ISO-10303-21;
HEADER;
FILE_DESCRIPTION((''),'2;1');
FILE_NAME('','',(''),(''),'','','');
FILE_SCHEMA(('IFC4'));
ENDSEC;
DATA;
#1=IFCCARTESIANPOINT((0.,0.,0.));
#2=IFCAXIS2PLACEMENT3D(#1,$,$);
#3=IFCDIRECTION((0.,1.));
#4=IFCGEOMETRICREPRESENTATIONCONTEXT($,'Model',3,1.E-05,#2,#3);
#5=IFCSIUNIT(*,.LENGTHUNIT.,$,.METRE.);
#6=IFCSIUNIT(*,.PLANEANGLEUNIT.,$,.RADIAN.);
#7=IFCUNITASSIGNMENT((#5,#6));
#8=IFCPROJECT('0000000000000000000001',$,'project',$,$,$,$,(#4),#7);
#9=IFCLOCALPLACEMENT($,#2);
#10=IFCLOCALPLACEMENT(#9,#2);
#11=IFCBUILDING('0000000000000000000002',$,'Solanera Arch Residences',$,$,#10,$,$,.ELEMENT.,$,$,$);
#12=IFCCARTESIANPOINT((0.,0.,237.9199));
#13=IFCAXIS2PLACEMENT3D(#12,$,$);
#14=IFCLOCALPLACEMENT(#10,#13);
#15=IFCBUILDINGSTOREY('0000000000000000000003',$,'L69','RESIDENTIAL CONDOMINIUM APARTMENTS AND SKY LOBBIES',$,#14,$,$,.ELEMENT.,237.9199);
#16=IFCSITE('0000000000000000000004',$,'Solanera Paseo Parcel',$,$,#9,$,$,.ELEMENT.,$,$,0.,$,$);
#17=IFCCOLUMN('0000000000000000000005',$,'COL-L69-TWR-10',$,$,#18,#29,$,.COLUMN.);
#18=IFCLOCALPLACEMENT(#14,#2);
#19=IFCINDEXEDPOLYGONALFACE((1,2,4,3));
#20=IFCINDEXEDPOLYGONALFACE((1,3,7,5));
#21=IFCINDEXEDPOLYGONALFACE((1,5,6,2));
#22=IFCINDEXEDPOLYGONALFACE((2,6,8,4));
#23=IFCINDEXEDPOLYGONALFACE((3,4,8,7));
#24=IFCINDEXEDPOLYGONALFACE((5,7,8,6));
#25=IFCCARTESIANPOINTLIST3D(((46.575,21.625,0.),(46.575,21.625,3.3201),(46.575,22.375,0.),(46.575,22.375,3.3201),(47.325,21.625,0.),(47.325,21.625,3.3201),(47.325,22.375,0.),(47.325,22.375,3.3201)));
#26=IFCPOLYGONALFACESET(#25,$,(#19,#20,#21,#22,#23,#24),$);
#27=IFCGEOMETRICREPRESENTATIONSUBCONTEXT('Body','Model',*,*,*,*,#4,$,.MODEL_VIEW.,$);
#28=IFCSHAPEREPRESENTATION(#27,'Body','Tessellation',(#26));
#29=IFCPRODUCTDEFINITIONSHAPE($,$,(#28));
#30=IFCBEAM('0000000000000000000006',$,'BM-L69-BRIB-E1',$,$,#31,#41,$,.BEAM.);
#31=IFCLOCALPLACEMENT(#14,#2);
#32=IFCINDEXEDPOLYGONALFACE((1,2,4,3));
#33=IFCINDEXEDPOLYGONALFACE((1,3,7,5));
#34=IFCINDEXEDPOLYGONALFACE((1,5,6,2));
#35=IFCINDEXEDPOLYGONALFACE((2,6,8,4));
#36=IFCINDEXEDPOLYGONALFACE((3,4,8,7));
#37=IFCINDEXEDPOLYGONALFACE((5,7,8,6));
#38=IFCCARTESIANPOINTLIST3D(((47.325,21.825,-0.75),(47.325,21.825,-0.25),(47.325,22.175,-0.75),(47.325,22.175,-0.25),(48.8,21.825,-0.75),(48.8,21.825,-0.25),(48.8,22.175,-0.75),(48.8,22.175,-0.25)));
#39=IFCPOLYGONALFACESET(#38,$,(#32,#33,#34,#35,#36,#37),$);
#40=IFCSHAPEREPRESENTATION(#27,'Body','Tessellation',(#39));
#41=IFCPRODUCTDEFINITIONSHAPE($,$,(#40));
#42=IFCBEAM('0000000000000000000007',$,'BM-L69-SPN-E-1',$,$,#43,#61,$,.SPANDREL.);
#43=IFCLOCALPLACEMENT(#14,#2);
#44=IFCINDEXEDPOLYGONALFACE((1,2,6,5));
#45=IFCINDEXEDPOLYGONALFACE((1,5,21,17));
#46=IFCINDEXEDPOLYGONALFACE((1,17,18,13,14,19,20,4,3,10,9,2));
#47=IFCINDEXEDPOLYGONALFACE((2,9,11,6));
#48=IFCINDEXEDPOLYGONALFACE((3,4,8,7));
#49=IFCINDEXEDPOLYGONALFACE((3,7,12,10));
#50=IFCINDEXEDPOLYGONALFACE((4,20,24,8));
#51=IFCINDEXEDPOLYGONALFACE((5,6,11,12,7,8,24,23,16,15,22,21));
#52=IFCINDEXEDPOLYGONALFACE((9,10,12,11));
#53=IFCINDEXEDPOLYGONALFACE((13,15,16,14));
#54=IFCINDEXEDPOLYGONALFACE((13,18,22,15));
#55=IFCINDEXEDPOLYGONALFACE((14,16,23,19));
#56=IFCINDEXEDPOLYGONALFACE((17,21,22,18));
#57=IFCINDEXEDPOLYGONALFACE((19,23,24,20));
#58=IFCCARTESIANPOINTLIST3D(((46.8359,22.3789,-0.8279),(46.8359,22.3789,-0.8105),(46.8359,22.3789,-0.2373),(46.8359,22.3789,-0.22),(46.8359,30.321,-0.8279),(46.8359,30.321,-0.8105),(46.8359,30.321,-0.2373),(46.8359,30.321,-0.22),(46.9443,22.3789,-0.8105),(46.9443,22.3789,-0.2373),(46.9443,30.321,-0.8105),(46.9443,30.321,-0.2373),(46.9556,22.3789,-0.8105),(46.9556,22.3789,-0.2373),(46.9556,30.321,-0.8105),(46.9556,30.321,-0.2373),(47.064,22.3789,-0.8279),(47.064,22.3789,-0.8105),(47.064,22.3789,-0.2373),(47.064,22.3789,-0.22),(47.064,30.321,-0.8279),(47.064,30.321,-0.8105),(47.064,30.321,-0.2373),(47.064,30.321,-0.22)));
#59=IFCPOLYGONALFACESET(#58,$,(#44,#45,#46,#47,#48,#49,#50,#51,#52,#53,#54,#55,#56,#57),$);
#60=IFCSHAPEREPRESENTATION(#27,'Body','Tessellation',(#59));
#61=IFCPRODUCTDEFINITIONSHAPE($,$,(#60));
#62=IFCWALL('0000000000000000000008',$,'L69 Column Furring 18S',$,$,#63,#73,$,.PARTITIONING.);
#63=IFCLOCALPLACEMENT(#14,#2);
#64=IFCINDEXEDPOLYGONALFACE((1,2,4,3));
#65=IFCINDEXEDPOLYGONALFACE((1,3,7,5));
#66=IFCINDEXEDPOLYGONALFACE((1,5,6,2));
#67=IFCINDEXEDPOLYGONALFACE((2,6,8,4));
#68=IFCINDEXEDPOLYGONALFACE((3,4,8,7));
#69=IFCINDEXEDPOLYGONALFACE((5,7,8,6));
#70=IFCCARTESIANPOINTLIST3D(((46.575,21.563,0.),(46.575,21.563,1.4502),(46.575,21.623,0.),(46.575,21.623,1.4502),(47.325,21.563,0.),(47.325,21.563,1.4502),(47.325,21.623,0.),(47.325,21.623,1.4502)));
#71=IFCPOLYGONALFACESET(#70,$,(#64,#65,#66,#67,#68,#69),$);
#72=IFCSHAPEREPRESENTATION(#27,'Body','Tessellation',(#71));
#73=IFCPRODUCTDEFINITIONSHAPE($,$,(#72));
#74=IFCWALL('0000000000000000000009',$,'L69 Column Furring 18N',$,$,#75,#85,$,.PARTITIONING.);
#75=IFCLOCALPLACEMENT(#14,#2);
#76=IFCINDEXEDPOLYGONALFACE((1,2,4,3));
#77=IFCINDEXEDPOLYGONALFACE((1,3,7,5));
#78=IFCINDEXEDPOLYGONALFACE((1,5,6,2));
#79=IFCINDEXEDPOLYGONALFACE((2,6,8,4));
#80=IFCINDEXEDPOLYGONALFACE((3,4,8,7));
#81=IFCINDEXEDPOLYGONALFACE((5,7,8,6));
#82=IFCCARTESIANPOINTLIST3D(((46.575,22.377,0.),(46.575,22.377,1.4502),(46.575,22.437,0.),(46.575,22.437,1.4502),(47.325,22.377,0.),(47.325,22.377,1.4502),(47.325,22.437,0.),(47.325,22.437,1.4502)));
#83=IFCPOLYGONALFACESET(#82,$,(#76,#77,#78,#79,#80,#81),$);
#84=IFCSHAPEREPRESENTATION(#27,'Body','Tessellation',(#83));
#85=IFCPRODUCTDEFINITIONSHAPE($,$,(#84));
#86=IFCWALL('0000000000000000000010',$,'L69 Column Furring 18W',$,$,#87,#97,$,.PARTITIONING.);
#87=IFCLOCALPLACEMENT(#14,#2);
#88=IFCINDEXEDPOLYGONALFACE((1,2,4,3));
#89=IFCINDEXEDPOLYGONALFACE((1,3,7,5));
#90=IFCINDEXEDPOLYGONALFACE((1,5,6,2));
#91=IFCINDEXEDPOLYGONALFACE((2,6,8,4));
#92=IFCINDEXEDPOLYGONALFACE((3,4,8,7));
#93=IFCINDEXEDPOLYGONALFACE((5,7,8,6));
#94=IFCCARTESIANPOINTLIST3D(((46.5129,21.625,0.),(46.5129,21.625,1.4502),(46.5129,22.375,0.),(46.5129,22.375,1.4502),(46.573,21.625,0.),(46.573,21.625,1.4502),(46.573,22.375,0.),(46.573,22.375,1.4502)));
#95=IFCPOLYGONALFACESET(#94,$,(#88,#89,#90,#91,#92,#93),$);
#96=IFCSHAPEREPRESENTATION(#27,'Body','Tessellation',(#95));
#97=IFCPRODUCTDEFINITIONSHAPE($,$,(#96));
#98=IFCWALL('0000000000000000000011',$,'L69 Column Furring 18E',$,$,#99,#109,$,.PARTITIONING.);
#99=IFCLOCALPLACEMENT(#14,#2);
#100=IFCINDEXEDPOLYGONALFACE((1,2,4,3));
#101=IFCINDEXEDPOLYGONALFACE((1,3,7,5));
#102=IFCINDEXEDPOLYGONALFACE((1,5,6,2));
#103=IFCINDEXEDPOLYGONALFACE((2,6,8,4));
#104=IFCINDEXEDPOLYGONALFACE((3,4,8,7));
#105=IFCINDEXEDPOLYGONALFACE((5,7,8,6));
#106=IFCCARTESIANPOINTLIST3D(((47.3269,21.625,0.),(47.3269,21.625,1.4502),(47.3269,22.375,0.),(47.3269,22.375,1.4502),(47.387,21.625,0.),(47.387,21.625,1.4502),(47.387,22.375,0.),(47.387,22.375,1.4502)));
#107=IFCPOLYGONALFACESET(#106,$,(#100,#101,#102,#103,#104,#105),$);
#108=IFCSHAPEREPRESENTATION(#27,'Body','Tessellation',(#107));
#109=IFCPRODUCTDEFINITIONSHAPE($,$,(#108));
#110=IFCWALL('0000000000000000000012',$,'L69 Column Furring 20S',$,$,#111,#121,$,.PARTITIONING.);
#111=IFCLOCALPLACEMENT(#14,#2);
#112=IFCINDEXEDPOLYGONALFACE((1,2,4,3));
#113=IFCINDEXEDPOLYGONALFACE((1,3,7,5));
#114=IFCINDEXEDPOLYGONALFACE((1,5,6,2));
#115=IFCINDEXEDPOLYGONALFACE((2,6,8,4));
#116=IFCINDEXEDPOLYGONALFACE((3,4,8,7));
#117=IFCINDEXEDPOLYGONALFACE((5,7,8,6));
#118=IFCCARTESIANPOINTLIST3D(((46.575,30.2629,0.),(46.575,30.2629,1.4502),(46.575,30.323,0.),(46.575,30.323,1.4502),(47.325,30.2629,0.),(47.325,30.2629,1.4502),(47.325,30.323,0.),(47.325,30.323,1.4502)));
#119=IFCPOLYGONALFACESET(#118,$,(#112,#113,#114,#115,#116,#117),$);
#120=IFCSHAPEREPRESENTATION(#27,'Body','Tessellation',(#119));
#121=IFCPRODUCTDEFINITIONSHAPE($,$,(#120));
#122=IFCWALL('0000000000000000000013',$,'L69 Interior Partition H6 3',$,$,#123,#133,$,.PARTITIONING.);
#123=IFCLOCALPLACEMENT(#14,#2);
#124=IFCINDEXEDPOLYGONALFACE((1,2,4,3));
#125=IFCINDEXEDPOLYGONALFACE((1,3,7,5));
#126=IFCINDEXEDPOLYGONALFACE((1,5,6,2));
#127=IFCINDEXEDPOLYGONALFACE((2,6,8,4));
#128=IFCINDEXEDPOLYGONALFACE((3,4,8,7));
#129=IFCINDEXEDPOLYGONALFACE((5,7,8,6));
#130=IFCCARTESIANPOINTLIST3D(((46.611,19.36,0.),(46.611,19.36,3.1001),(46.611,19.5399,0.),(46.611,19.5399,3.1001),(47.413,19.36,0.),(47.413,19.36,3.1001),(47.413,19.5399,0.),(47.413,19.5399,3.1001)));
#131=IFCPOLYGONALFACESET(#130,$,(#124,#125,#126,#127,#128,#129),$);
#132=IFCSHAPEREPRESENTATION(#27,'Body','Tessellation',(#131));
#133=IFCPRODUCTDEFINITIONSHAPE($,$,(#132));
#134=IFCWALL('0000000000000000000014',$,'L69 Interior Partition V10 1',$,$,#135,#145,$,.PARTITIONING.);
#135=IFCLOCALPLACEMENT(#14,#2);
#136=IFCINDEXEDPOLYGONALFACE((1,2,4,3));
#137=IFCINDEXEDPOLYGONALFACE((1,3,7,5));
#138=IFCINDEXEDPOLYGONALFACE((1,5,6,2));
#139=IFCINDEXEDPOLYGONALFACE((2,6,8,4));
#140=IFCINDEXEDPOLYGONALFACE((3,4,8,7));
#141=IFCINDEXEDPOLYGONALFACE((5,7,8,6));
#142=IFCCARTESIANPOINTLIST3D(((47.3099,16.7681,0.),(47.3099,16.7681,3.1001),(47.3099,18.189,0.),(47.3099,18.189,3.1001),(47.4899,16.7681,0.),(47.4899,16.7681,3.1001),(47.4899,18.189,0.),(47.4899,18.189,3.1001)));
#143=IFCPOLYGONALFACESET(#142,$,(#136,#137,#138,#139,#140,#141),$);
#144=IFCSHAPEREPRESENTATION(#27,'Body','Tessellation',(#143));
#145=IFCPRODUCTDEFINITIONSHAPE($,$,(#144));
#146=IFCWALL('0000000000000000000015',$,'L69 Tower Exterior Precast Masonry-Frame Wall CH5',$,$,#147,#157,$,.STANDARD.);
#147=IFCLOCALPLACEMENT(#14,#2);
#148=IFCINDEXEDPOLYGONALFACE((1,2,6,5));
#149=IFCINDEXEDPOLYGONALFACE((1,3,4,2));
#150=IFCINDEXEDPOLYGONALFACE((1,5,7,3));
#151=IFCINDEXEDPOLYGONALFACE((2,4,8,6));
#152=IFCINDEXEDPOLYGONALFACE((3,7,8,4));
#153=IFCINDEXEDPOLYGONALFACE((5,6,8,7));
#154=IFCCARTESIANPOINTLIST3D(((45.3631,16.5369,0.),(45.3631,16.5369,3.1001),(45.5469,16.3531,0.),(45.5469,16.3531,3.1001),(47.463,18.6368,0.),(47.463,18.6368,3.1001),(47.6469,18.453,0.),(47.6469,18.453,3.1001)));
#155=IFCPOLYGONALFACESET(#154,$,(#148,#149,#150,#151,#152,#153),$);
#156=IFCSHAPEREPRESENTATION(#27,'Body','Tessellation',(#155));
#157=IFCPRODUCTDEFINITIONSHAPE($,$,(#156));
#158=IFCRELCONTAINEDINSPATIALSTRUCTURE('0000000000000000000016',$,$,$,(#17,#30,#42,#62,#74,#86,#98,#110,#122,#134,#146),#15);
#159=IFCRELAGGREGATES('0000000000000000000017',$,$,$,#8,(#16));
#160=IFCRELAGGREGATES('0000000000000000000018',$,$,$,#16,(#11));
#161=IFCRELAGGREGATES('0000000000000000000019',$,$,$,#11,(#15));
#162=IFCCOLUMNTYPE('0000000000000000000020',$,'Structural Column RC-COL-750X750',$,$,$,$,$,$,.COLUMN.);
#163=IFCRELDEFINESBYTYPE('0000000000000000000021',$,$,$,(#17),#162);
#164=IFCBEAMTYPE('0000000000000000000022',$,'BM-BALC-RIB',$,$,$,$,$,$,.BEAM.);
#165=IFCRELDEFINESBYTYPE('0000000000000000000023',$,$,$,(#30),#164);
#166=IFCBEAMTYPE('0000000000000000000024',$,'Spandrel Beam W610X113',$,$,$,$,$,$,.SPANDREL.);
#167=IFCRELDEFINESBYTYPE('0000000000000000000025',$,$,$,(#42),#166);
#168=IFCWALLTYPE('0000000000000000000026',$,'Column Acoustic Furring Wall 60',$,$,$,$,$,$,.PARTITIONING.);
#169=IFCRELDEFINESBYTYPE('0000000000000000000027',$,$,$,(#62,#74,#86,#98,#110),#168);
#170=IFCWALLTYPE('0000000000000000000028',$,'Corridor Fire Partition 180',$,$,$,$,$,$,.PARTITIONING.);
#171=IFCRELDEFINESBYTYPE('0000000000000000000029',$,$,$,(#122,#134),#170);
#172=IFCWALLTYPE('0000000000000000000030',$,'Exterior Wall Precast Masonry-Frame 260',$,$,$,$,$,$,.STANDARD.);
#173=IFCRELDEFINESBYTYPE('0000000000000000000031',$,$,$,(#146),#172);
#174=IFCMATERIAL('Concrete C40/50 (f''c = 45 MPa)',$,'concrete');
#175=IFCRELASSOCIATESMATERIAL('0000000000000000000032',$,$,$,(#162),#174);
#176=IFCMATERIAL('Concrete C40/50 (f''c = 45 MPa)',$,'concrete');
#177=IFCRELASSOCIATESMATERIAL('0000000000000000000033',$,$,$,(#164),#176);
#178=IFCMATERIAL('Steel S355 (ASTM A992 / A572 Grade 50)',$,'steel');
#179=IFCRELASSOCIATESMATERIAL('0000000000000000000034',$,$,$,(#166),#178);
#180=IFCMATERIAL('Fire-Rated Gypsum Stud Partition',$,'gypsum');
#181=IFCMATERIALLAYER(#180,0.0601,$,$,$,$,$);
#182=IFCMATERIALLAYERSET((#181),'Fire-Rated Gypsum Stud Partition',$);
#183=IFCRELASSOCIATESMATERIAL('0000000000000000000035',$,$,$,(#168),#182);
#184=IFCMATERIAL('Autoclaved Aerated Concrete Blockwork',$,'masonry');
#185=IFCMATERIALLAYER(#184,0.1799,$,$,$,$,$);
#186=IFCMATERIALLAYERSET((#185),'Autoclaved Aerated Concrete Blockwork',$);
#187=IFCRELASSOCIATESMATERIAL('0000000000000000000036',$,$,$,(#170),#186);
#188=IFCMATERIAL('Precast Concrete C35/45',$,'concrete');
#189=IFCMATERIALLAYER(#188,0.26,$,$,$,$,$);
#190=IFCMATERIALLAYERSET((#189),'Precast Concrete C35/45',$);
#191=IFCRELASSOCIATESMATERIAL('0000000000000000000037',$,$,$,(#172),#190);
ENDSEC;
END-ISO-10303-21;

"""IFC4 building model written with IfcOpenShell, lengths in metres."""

from ifc_helpers import new_model, si_unit, direction, frame, frame_2d, origin, origin_2d, place, context, subcontext, project, spatial, rectangle, i_section, extrude, material, layer, layer_set, material_profile, profile_set, type_object, element, save


model = new_model("IFC4")

# Units and contexts
model_context = context("Model", 3, precision=1e-05, world=origin(), true_north=direction((0.0, 1.0)))
body_context = subcontext(model_context, "Body", "Model", "MODEL_VIEW")
ifc_project = project(units=[si_unit("LENGTHUNIT", "METRE"), si_unit("PLANEANGLEUNIT", "RADIAN")], contexts=[model_context])

# Site, building, storey
site_placement = place(None, origin())
site = spatial("IfcSite", under=ifc_project, at=site_placement, Name="Solanera Paseo Parcel", CompositionType="ELEMENT", RefElevation=0.0)
building_placement = place(site_placement, origin())
building = spatial("IfcBuilding", under=site, at=building_placement, Name="Solanera Arch Residences", CompositionType="ELEMENT")
storey_placement = place(building_placement, frame((0.0, 0.0, 237.9199)))
storey = spatial("IfcBuildingStorey", under=building, at=storey_placement, Name="L69", Description="RESIDENTIAL CONDOMINIUM APARTMENTS AND SKY LOBBIES", CompositionType="ELEMENT", Elevation=237.9199)

# Column
ifc_material_1 = material(Name="Concrete C40/50 (f'c = 45 MPa)", Category="concrete")
ifc_material_profile_1 = material_profile(ifc_material_1, rectangle(XDim=0.75, YDim=0.75, at=origin_2d()))
ifc_profile_set_1 = profile_set([ifc_material_profile_1], Name="Concrete C40/50 (f'c = 45 MPa)")
column_type = type_object("IfcColumnType", Name="Structural Column RC-COL-750X750", PredefinedType="COLUMN", material=ifc_profile_set_1)
column_placement = place(storey_placement, frame((46.95, 22.0, 0.0), z_axis=(0.0, 0.0, 1.0), x_axis=(1.0, 0.0, 0.0)))
element("IfcColumn", 1, at=column_placement, inside=storey, type_object=column_type, Name="COL-L69-TWR-10", PredefinedType="COLUMN", context=body_context, shape_type="SweptSolid", body=[
    extrude(rectangle(XDim=0.75, YDim=0.75, at=origin_2d()), origin(), (0.0, 0.0, 1.0), 3.3201),
])

# Beams
ifc_material_2 = material(Name="Concrete C40/50 (f'c = 45 MPa)", Category="concrete")
ifc_material_profile_2 = material_profile(ifc_material_2, rectangle(XDim=0.3501, YDim=0.5, at=origin_2d()))
ifc_profile_set_2 = profile_set([ifc_material_profile_2], Name="Concrete C40/50 (f'c = 45 MPa)")
beam_type_1 = type_object("IfcBeamType", Name="BM-BALC-RIB", PredefinedType="BEAM", material=ifc_profile_set_2)
beam_1_placement = place(storey_placement, frame((47.325, 22.0, -0.5), z_axis=(1.0, 0.0, 0.0), x_axis=(0.0, 1.0, 0.0)))
element("IfcBeam", 2, at=beam_1_placement, inside=storey, type_object=beam_type_1, Name="BM-L69-BRIB-E1", PredefinedType="BEAM", context=body_context, shape_type="SweptSolid", body=[
    extrude(rectangle(XDim=0.3501, YDim=0.5, at=origin_2d()), origin(), (0.0, 0.0, 1.0), 1.4751),
])
ifc_material_3 = material(Name="Steel S355 (ASTM A992 / A572 Grade 50)", Category="steel")
ifc_material_profile_3 = material_profile(ifc_material_3, i_section(OverallWidth=0.228, OverallDepth=0.6079, WebThickness=0.0112, FlangeThickness=0.0173, at=origin_2d()))
ifc_profile_set_3 = profile_set([ifc_material_profile_3], Name="Steel S355 (ASTM A992 / A572 Grade 50)")
beam_type_2 = type_object("IfcBeamType", Name="Spandrel Beam W610X113", PredefinedType="SPANDREL", material=ifc_profile_set_3)
beam_2_placement = place(storey_placement, frame((46.95, 22.3789, -0.5239), z_axis=(0.0, 1.0, 0.0), x_axis=(-1.0, 0.0, 0.0)))
element("IfcBeam", 3, at=beam_2_placement, inside=storey, type_object=beam_type_2, Name="BM-L69-SPN-E-1", PredefinedType="SPANDREL", context=body_context, shape_type="SweptSolid", body=[
    extrude(i_section(OverallWidth=0.228, OverallDepth=0.6079, WebThickness=0.0112, FlangeThickness=0.0173, at=origin_2d()), origin(), (0.0, 0.0, 1.0), 7.9421),
])

# Walls
ifc_material_4 = material(Name="Fire-Rated Gypsum Stud Partition", Category="gypsum")
ifc_layer_1 = layer(ifc_material_4, 0.0601)
ifc_layer_set_1 = layer_set([ifc_layer_1], Name="Fire-Rated Gypsum Stud Partition")
wall_type_1 = type_object("IfcWallType", Name="Column Acoustic Furring Wall 60", PredefinedType="PARTITIONING", material=ifc_layer_set_1)
for number, where, z_axis, x_axis, name in (
    (4, (46.575, 21.593, 0.0), (0.0, 0.0, 1.0), (1.0, 0.0, 0.0), "L69 Column Furring 18S"),
    (5, (46.575, 22.407, 0.0), (0.0, 0.0, 1.0), (1.0, 0.0, 0.0), "L69 Column Furring 18N"),
    (6, (46.543, 21.625, 0.0), (0.0, 0.0, 1.0), (0.0, 1.0, 0.0), "L69 Column Furring 18W"),
    (7, (47.3569, 21.625, 0.0), (0.0, 0.0, 1.0), (0.0, 1.0, 0.0), "L69 Column Furring 18E"),
    (8, (46.575, 30.293, 0.0), (0.0, 0.0, 1.0), (1.0, 0.0, 0.0), "L69 Column Furring 20S"),
):
    element("IfcWall", number, at=place(storey_placement, frame(where, z_axis=z_axis, x_axis=x_axis)), inside=storey, type_object=wall_type_1, Name=name, PredefinedType="PARTITIONING", context=body_context, shape_type="SweptSolid", body=[
        extrude(rectangle(XDim=0.75, YDim=0.0601, at=frame_2d((0.375, 0.0))), origin(), (0.0, 0.0, 1.0), 1.4502),
    ])
ifc_material_5 = material(Name="Autoclaved Aerated Concrete Blockwork", Category="masonry")
ifc_layer_2 = layer(ifc_material_5, 0.1799)
ifc_layer_set_2 = layer_set([ifc_layer_2], Name="Autoclaved Aerated Concrete Blockwork")
wall_type_2 = type_object("IfcWallType", Name="Corridor Fire Partition 180", PredefinedType="PARTITIONING", material=ifc_layer_set_2)
wall_1_placement = place(storey_placement, frame((46.6111, 19.45, 0.0), z_axis=(0.0, 0.0, 1.0), x_axis=(1.0, 0.0, 0.0)))
element("IfcWall", 9, at=wall_1_placement, inside=storey, type_object=wall_type_2, Name="L69 Interior Partition H6 3", PredefinedType="PARTITIONING", context=body_context, shape_type="SweptSolid", body=[
    extrude(rectangle(XDim=0.802, YDim=0.1799, at=frame_2d((0.4009, 0.0))), origin(), (0.0, 0.0, 1.0), 3.1001),
])
wall_2_placement = place(storey_placement, frame((47.3999, 16.7681, 0.0), z_axis=(0.0, 0.0, 1.0), x_axis=(0.0, 1.0, 0.0)))
element("IfcWall", 10, at=wall_2_placement, inside=storey, type_object=wall_type_2, Name="L69 Interior Partition V10 1", PredefinedType="PARTITIONING", context=body_context, shape_type="SweptSolid", body=[
    extrude(rectangle(XDim=1.4209, YDim=0.1799, at=frame_2d((0.7104, 0.0))), origin(), (0.0, 0.0, 1.0), 3.1001),
])
ifc_material_6 = material(Name="Precast Concrete C35/45", Category="concrete")
ifc_layer_3 = layer(ifc_material_6, 0.26)
ifc_layer_set_3 = layer_set([ifc_layer_3], Name="Precast Concrete C35/45")
wall_type_3 = type_object("IfcWallType", Name="Exterior Wall Precast Masonry-Frame 260", PredefinedType="STANDARD", material=ifc_layer_set_3)
wall_3_placement = place(storey_placement, frame((47.5549, 18.5449, 0.0), z_axis=(0.0, 0.0, 1.0), x_axis=(-0.707107, -0.707107, 0.0)))
element("IfcWall", 11, at=wall_3_placement, inside=storey, type_object=wall_type_3, Name="L69 Tower Exterior Precast Masonry-Frame Wall CH5", PredefinedType="STANDARD", context=body_context, shape_type="SweptSolid", body=[
    extrude(rectangle(XDim=2.9697, YDim=0.26, at=frame_2d((1.4849, 0.0))), origin(), (0.0, 0.0, 1.0), 3.1001),
])

save(model, "model.ifc")
